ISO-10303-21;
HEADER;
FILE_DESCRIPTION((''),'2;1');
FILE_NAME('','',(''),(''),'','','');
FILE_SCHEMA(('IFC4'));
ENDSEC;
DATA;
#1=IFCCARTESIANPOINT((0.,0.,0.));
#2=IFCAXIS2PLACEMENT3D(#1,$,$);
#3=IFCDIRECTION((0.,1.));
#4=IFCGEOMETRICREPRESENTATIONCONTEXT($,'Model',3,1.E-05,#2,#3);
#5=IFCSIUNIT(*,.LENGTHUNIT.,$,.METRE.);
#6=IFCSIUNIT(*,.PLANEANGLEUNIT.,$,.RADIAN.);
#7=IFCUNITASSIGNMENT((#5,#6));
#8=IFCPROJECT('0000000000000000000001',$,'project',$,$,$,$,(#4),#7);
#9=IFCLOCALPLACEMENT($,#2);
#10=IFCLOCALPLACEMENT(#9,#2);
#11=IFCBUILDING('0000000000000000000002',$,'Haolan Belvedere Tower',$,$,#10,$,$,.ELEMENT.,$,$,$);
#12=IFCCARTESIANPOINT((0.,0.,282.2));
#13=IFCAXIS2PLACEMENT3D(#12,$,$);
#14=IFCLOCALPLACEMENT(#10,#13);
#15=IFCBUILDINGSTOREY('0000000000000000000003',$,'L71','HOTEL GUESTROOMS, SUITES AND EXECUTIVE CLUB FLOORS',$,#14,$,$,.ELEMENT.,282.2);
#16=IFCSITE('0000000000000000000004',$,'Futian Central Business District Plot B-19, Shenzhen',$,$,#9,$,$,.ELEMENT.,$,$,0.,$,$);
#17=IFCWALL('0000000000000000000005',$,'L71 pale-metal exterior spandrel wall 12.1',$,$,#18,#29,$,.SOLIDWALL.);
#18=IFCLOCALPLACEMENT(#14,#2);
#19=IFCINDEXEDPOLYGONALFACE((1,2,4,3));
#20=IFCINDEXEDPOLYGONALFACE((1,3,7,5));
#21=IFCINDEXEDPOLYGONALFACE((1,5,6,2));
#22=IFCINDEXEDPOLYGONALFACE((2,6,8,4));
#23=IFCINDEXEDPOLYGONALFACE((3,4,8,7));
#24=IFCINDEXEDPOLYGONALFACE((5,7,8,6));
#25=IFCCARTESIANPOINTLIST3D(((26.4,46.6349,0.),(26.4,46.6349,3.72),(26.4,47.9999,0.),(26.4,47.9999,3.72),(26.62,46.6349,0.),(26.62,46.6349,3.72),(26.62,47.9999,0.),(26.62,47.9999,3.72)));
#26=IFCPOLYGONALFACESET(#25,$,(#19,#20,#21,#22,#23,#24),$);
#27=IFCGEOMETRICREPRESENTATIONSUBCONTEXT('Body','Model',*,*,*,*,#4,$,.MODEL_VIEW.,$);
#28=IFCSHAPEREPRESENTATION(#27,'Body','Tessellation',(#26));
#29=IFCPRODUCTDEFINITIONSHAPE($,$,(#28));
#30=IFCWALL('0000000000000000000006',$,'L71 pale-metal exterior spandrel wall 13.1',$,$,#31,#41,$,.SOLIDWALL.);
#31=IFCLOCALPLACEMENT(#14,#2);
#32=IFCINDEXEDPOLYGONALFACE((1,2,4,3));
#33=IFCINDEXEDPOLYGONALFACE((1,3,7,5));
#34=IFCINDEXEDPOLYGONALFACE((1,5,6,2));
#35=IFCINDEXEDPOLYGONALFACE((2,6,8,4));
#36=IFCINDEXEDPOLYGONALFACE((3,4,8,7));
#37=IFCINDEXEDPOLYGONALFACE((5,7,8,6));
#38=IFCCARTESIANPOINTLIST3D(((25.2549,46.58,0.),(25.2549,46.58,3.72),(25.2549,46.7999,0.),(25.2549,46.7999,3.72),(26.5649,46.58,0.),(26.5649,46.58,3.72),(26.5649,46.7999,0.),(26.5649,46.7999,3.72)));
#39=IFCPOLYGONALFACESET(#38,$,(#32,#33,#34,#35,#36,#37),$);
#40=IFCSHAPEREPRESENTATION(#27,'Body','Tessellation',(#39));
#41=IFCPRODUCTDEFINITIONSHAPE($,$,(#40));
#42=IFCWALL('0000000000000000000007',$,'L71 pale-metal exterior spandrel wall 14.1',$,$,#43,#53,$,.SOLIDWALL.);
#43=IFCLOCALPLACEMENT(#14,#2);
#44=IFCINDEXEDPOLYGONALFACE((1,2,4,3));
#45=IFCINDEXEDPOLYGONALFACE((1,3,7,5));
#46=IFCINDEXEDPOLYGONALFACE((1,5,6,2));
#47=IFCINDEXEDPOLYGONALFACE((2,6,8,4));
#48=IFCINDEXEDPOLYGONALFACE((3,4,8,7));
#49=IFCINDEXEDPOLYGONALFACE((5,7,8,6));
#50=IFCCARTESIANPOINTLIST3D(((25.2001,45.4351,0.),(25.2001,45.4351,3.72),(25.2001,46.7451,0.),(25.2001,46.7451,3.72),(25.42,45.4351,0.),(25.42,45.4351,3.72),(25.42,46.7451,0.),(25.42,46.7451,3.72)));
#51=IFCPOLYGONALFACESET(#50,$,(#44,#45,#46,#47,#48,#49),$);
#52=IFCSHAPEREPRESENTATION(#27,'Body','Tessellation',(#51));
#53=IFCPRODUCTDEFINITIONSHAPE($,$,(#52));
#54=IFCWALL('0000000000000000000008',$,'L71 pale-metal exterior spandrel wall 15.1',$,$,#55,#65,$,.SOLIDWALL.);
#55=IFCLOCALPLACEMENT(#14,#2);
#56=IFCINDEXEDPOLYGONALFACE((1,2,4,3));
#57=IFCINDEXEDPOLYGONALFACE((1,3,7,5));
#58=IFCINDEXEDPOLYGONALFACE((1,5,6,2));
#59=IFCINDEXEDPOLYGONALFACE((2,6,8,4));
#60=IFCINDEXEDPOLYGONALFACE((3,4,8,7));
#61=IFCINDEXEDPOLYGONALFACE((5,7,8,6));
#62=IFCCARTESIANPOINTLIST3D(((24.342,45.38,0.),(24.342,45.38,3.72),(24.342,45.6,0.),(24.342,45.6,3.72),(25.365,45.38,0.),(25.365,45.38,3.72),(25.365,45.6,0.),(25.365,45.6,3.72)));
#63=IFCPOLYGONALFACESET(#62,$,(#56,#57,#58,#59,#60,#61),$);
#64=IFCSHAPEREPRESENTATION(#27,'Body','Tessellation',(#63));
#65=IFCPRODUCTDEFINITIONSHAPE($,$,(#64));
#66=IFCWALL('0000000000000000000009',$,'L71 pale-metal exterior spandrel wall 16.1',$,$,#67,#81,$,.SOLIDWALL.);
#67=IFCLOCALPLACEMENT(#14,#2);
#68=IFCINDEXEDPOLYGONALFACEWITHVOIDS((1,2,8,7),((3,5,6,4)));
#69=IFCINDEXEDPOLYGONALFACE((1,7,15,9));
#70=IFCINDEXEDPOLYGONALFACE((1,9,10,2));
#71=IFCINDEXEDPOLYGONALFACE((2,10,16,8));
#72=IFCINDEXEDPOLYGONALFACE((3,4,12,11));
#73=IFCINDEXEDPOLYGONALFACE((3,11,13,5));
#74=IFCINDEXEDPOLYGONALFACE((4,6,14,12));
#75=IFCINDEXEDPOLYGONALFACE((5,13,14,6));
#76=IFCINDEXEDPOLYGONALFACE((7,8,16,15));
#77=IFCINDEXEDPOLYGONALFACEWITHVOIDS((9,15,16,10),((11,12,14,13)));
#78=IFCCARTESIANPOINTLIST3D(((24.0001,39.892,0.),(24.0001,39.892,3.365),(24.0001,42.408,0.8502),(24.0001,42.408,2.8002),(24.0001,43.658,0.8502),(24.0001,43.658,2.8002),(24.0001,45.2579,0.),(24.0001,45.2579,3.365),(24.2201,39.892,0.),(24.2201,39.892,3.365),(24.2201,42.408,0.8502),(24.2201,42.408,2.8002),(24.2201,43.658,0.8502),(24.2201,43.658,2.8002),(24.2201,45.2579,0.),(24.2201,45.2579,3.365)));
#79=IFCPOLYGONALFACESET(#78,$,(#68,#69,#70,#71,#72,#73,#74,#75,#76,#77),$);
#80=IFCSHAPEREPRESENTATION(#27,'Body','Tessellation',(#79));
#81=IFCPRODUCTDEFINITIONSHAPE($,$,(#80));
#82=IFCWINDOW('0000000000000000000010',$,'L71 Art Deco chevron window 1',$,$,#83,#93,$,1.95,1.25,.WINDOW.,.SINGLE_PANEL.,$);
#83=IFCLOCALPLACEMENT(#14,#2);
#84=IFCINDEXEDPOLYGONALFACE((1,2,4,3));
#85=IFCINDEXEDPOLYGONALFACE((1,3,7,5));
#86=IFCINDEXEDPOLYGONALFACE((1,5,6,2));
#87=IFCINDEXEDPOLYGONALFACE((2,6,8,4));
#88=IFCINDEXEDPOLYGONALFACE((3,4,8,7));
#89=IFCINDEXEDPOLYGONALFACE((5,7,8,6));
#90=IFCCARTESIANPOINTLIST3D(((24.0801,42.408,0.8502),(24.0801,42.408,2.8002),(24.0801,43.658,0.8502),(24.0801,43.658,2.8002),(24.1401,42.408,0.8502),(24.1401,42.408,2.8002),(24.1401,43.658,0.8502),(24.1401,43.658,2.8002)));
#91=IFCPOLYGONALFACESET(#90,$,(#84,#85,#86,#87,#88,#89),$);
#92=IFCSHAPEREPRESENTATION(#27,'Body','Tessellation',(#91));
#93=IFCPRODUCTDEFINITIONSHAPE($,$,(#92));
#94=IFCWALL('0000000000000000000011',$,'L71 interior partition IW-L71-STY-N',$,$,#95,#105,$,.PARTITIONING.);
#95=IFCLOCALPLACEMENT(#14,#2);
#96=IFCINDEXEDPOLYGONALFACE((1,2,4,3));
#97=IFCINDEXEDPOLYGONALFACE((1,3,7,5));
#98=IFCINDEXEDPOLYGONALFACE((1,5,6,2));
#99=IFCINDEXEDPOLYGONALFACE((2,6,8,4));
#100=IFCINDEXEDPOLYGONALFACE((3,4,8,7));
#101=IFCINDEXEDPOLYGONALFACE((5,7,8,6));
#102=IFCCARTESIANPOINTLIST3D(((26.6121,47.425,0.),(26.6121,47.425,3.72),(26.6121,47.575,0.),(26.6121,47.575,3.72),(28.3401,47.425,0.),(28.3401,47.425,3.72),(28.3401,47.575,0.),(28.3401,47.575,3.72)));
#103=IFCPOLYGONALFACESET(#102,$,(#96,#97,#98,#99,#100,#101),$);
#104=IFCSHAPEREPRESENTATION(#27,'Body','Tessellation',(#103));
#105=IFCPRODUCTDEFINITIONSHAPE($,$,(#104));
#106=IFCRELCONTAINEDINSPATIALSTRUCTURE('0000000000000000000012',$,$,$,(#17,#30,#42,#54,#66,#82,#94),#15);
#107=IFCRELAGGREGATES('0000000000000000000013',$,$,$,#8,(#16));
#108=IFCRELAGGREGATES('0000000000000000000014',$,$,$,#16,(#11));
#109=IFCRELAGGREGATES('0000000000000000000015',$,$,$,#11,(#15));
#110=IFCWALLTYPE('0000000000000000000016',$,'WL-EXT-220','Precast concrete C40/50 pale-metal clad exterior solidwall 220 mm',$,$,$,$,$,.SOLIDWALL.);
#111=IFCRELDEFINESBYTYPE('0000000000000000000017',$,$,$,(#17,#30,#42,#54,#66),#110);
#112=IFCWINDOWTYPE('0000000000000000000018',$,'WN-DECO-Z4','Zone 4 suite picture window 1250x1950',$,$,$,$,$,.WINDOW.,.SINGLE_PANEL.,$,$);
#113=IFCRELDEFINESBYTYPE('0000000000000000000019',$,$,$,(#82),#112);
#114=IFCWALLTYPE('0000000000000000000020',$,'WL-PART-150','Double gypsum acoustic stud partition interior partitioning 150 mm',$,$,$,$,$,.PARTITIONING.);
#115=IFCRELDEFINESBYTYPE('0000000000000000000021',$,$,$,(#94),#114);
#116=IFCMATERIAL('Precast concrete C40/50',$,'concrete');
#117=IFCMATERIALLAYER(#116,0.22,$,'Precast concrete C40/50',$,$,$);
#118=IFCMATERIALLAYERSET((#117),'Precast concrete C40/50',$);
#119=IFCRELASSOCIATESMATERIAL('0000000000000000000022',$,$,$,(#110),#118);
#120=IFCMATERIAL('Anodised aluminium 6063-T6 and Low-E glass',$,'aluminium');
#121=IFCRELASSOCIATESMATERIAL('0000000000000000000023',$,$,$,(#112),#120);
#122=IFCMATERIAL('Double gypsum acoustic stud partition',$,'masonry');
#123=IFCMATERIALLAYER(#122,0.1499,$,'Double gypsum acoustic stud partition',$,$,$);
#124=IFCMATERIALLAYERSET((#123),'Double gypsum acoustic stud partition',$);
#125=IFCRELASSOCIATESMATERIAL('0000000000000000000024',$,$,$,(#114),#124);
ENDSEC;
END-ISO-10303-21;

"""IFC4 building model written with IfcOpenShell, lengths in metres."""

from ifc_helpers import new_model, si_unit, direction, frame, frame_2d, origin, place, context, subcontext, project, spatial, rectangle, extrude, material, layer, layer_set, type_object, element, fill, save


model = new_model("IFC4")

# Units and contexts
model_context = context("Model", 3, precision=1e-05, world=origin(), true_north=direction((0.0, 1.0)))
body_context = subcontext(model_context, "Body", "Model", "MODEL_VIEW")
ifc_project = project(units=[si_unit("LENGTHUNIT", "METRE"), si_unit("PLANEANGLEUNIT", "RADIAN")], contexts=[model_context])

# Site, building, storey
site_placement = place(None, origin())
site = spatial("IfcSite", under=ifc_project, at=site_placement, Name="Futian Central Business District Plot B-19, Shenzhen", CompositionType="ELEMENT", RefElevation=0.0)
building_placement = place(site_placement, origin())
building = spatial("IfcBuilding", under=site, at=building_placement, Name="Haolan Belvedere Tower", CompositionType="ELEMENT")
storey_placement = place(building_placement, frame((0.0, 0.0, 282.2)))
storey = spatial("IfcBuildingStorey", under=building, at=storey_placement, Name="L71", Description="HOTEL GUESTROOMS, SUITES AND EXECUTIVE CLUB FLOORS", CompositionType="ELEMENT", Elevation=282.2)

# Shared definitions
ifc_material_1 = material(Name="Precast concrete C40/50", Category="concrete")
ifc_layer_1 = layer(ifc_material_1, 0.22, Name="Precast concrete C40/50")
ifc_layer_set_1 = layer_set([ifc_layer_1], Name="Precast concrete C40/50")
wall_type_1 = type_object("IfcWallType", Name="WL-EXT-220", Description="Precast concrete C40/50 pale-metal clad exterior solidwall 220 mm", PredefinedType="SOLIDWALL", material=ifc_layer_set_1)
ifc_material_2 = material(Name="Anodised aluminium 6063-T6 and Low-E glass", Category="aluminium")
window_type = type_object("IfcWindowType", Name="WN-DECO-Z4", Description="Zone 4 suite picture window 1250x1950", PartitioningType="SINGLE_PANEL", PredefinedType="WINDOW", material=ifc_material_2)

# Walls
wall_1_placement = place(storey_placement, frame((26.51, 48.0, 0.0), z_axis=(0.0, 0.0, 1.0), x_axis=(0.0, -1.0, 0.0)))
element("IfcWall", 1, at=wall_1_placement, inside=storey, type_object=wall_type_1, Name="L71 pale-metal exterior spandrel wall 12.1", PredefinedType="SOLIDWALL", context=body_context, shape_type="SweptSolid", body=[
    extrude(rectangle(XDim=1.365, YDim=0.22, at=frame_2d((0.6826, 0.0))), origin(), (0.0, 0.0, 1.0), 3.72),
])
for number, where, z_axis, x_axis, name in (
    (2, (26.5649, 46.6899, 0.0), (0.0, 0.0, 1.0), (-1.0, 0.0, 0.0), "L71 pale-metal exterior spandrel wall 13.1"),
    (3, (25.3101, 46.7451, 0.0), (0.0, 0.0, 1.0), (0.0, -1.0, 0.0), "L71 pale-metal exterior spandrel wall 14.1"),
):
    element("IfcWall", number, at=place(storey_placement, frame(where, z_axis=z_axis, x_axis=x_axis)), inside=storey, type_object=wall_type_1, Name=name, PredefinedType="SOLIDWALL", context=body_context, shape_type="SweptSolid", body=[
        extrude(rectangle(XDim=1.3101, YDim=0.22, at=frame_2d((0.655, 0.0))), origin(), (0.0, 0.0, 1.0), 3.72),
    ])
wall_2_placement = place(storey_placement, frame((25.365, 45.49, 0.0), z_axis=(0.0, 0.0, 1.0), x_axis=(-1.0, 0.0, 0.0)))
element("IfcWall", 4, at=wall_2_placement, inside=storey, type_object=wall_type_1, Name="L71 pale-metal exterior spandrel wall 15.1", PredefinedType="SOLIDWALL", context=body_context, shape_type="SweptSolid", body=[
    extrude(rectangle(XDim=1.0229, YDim=0.22, at=frame_2d((0.5115, 0.0))), origin(), (0.0, 0.0, 1.0), 3.72),
])

# Wall, opening, window
wall_3_placement = place(storey_placement, frame((24.1101, 45.2581, 0.0), z_axis=(0.0, 0.0, 1.0), x_axis=(0.0, -1.0, 0.0)))
wall_3 = element("IfcWall", 5, at=wall_3_placement, inside=storey, type_object=wall_type_1, Name="L71 pale-metal exterior spandrel wall 16.1", PredefinedType="SOLIDWALL", context=body_context, shape_type="SweptSolid", body=[
    extrude(rectangle(XDim=5.366, YDim=0.22, at=frame_2d((2.6831, 0.0))), origin(), (0.0, 0.0, 1.0), 3.365),
])
opening_1_placement = place(wall_3_placement, frame((1.6001, 0.0, 0.8501)))
opening_1 = element("IfcOpeningElement", 6, at=opening_1_placement, cuts=wall_3, PredefinedType="OPENING", context=body_context, shape_type="SweptSolid", body=[
    extrude(rectangle(XDim=1.25, YDim=1.95, at=frame_2d((0.625, 0.9751))), frame((0.0, 0.1199, 0.0), z_axis=(0.0, -1.0, 0.0), x_axis=(1.0, 0.0, 0.0)), (0.0, 0.0, 1.0), 0.24),
])
window_1_placement = place(opening_1_placement, origin())
window_1 = element("IfcWindow", 7, at=window_1_placement, inside=storey, type_object=window_type, Name="L71 Art Deco chevron window 1", OverallHeight=1.95, OverallWidth=1.25, PartitioningType="SINGLE_PANEL", PredefinedType="WINDOW", context=body_context, shape_type="SweptSolid", body=[
    extrude(rectangle(XDim=1.25, YDim=1.95, at=frame_2d((0.625, 0.9751))), frame((0.0, 0.03, 0.0), z_axis=(0.0, -1.0, 0.0), x_axis=(1.0, 0.0, 0.0)), (0.0, 0.0, 1.0), 0.0601),
])
fill(opening_1, window_1)

# Wall
ifc_material_3 = material(Name="Double gypsum acoustic stud partition", Category="masonry")
ifc_layer_2 = layer(ifc_material_3, 0.1499, Name="Double gypsum acoustic stud partition")
ifc_layer_set_2 = layer_set([ifc_layer_2], Name="Double gypsum acoustic stud partition")
wall_type_2 = type_object("IfcWallType", Name="WL-PART-150", Description="Double gypsum acoustic stud partition interior partitioning 150 mm", PredefinedType="PARTITIONING", material=ifc_layer_set_2)
wall_4_placement = place(storey_placement, frame((26.6121, 47.5, 0.0), z_axis=(0.0, 0.0, 1.0), x_axis=(1.0, 0.0, 0.0)))
element("IfcWall", 8, at=wall_4_placement, inside=storey, type_object=wall_type_2, Name="L71 interior partition IW-L71-STY-N", PredefinedType="PARTITIONING", context=body_context, shape_type="SweptSolid", body=[
    extrude(rectangle(XDim=1.728, YDim=0.1499, at=frame_2d((0.864, 0.0))), origin(), (0.0, 0.0, 1.0), 3.72),
])

save(model, "model.ifc")
